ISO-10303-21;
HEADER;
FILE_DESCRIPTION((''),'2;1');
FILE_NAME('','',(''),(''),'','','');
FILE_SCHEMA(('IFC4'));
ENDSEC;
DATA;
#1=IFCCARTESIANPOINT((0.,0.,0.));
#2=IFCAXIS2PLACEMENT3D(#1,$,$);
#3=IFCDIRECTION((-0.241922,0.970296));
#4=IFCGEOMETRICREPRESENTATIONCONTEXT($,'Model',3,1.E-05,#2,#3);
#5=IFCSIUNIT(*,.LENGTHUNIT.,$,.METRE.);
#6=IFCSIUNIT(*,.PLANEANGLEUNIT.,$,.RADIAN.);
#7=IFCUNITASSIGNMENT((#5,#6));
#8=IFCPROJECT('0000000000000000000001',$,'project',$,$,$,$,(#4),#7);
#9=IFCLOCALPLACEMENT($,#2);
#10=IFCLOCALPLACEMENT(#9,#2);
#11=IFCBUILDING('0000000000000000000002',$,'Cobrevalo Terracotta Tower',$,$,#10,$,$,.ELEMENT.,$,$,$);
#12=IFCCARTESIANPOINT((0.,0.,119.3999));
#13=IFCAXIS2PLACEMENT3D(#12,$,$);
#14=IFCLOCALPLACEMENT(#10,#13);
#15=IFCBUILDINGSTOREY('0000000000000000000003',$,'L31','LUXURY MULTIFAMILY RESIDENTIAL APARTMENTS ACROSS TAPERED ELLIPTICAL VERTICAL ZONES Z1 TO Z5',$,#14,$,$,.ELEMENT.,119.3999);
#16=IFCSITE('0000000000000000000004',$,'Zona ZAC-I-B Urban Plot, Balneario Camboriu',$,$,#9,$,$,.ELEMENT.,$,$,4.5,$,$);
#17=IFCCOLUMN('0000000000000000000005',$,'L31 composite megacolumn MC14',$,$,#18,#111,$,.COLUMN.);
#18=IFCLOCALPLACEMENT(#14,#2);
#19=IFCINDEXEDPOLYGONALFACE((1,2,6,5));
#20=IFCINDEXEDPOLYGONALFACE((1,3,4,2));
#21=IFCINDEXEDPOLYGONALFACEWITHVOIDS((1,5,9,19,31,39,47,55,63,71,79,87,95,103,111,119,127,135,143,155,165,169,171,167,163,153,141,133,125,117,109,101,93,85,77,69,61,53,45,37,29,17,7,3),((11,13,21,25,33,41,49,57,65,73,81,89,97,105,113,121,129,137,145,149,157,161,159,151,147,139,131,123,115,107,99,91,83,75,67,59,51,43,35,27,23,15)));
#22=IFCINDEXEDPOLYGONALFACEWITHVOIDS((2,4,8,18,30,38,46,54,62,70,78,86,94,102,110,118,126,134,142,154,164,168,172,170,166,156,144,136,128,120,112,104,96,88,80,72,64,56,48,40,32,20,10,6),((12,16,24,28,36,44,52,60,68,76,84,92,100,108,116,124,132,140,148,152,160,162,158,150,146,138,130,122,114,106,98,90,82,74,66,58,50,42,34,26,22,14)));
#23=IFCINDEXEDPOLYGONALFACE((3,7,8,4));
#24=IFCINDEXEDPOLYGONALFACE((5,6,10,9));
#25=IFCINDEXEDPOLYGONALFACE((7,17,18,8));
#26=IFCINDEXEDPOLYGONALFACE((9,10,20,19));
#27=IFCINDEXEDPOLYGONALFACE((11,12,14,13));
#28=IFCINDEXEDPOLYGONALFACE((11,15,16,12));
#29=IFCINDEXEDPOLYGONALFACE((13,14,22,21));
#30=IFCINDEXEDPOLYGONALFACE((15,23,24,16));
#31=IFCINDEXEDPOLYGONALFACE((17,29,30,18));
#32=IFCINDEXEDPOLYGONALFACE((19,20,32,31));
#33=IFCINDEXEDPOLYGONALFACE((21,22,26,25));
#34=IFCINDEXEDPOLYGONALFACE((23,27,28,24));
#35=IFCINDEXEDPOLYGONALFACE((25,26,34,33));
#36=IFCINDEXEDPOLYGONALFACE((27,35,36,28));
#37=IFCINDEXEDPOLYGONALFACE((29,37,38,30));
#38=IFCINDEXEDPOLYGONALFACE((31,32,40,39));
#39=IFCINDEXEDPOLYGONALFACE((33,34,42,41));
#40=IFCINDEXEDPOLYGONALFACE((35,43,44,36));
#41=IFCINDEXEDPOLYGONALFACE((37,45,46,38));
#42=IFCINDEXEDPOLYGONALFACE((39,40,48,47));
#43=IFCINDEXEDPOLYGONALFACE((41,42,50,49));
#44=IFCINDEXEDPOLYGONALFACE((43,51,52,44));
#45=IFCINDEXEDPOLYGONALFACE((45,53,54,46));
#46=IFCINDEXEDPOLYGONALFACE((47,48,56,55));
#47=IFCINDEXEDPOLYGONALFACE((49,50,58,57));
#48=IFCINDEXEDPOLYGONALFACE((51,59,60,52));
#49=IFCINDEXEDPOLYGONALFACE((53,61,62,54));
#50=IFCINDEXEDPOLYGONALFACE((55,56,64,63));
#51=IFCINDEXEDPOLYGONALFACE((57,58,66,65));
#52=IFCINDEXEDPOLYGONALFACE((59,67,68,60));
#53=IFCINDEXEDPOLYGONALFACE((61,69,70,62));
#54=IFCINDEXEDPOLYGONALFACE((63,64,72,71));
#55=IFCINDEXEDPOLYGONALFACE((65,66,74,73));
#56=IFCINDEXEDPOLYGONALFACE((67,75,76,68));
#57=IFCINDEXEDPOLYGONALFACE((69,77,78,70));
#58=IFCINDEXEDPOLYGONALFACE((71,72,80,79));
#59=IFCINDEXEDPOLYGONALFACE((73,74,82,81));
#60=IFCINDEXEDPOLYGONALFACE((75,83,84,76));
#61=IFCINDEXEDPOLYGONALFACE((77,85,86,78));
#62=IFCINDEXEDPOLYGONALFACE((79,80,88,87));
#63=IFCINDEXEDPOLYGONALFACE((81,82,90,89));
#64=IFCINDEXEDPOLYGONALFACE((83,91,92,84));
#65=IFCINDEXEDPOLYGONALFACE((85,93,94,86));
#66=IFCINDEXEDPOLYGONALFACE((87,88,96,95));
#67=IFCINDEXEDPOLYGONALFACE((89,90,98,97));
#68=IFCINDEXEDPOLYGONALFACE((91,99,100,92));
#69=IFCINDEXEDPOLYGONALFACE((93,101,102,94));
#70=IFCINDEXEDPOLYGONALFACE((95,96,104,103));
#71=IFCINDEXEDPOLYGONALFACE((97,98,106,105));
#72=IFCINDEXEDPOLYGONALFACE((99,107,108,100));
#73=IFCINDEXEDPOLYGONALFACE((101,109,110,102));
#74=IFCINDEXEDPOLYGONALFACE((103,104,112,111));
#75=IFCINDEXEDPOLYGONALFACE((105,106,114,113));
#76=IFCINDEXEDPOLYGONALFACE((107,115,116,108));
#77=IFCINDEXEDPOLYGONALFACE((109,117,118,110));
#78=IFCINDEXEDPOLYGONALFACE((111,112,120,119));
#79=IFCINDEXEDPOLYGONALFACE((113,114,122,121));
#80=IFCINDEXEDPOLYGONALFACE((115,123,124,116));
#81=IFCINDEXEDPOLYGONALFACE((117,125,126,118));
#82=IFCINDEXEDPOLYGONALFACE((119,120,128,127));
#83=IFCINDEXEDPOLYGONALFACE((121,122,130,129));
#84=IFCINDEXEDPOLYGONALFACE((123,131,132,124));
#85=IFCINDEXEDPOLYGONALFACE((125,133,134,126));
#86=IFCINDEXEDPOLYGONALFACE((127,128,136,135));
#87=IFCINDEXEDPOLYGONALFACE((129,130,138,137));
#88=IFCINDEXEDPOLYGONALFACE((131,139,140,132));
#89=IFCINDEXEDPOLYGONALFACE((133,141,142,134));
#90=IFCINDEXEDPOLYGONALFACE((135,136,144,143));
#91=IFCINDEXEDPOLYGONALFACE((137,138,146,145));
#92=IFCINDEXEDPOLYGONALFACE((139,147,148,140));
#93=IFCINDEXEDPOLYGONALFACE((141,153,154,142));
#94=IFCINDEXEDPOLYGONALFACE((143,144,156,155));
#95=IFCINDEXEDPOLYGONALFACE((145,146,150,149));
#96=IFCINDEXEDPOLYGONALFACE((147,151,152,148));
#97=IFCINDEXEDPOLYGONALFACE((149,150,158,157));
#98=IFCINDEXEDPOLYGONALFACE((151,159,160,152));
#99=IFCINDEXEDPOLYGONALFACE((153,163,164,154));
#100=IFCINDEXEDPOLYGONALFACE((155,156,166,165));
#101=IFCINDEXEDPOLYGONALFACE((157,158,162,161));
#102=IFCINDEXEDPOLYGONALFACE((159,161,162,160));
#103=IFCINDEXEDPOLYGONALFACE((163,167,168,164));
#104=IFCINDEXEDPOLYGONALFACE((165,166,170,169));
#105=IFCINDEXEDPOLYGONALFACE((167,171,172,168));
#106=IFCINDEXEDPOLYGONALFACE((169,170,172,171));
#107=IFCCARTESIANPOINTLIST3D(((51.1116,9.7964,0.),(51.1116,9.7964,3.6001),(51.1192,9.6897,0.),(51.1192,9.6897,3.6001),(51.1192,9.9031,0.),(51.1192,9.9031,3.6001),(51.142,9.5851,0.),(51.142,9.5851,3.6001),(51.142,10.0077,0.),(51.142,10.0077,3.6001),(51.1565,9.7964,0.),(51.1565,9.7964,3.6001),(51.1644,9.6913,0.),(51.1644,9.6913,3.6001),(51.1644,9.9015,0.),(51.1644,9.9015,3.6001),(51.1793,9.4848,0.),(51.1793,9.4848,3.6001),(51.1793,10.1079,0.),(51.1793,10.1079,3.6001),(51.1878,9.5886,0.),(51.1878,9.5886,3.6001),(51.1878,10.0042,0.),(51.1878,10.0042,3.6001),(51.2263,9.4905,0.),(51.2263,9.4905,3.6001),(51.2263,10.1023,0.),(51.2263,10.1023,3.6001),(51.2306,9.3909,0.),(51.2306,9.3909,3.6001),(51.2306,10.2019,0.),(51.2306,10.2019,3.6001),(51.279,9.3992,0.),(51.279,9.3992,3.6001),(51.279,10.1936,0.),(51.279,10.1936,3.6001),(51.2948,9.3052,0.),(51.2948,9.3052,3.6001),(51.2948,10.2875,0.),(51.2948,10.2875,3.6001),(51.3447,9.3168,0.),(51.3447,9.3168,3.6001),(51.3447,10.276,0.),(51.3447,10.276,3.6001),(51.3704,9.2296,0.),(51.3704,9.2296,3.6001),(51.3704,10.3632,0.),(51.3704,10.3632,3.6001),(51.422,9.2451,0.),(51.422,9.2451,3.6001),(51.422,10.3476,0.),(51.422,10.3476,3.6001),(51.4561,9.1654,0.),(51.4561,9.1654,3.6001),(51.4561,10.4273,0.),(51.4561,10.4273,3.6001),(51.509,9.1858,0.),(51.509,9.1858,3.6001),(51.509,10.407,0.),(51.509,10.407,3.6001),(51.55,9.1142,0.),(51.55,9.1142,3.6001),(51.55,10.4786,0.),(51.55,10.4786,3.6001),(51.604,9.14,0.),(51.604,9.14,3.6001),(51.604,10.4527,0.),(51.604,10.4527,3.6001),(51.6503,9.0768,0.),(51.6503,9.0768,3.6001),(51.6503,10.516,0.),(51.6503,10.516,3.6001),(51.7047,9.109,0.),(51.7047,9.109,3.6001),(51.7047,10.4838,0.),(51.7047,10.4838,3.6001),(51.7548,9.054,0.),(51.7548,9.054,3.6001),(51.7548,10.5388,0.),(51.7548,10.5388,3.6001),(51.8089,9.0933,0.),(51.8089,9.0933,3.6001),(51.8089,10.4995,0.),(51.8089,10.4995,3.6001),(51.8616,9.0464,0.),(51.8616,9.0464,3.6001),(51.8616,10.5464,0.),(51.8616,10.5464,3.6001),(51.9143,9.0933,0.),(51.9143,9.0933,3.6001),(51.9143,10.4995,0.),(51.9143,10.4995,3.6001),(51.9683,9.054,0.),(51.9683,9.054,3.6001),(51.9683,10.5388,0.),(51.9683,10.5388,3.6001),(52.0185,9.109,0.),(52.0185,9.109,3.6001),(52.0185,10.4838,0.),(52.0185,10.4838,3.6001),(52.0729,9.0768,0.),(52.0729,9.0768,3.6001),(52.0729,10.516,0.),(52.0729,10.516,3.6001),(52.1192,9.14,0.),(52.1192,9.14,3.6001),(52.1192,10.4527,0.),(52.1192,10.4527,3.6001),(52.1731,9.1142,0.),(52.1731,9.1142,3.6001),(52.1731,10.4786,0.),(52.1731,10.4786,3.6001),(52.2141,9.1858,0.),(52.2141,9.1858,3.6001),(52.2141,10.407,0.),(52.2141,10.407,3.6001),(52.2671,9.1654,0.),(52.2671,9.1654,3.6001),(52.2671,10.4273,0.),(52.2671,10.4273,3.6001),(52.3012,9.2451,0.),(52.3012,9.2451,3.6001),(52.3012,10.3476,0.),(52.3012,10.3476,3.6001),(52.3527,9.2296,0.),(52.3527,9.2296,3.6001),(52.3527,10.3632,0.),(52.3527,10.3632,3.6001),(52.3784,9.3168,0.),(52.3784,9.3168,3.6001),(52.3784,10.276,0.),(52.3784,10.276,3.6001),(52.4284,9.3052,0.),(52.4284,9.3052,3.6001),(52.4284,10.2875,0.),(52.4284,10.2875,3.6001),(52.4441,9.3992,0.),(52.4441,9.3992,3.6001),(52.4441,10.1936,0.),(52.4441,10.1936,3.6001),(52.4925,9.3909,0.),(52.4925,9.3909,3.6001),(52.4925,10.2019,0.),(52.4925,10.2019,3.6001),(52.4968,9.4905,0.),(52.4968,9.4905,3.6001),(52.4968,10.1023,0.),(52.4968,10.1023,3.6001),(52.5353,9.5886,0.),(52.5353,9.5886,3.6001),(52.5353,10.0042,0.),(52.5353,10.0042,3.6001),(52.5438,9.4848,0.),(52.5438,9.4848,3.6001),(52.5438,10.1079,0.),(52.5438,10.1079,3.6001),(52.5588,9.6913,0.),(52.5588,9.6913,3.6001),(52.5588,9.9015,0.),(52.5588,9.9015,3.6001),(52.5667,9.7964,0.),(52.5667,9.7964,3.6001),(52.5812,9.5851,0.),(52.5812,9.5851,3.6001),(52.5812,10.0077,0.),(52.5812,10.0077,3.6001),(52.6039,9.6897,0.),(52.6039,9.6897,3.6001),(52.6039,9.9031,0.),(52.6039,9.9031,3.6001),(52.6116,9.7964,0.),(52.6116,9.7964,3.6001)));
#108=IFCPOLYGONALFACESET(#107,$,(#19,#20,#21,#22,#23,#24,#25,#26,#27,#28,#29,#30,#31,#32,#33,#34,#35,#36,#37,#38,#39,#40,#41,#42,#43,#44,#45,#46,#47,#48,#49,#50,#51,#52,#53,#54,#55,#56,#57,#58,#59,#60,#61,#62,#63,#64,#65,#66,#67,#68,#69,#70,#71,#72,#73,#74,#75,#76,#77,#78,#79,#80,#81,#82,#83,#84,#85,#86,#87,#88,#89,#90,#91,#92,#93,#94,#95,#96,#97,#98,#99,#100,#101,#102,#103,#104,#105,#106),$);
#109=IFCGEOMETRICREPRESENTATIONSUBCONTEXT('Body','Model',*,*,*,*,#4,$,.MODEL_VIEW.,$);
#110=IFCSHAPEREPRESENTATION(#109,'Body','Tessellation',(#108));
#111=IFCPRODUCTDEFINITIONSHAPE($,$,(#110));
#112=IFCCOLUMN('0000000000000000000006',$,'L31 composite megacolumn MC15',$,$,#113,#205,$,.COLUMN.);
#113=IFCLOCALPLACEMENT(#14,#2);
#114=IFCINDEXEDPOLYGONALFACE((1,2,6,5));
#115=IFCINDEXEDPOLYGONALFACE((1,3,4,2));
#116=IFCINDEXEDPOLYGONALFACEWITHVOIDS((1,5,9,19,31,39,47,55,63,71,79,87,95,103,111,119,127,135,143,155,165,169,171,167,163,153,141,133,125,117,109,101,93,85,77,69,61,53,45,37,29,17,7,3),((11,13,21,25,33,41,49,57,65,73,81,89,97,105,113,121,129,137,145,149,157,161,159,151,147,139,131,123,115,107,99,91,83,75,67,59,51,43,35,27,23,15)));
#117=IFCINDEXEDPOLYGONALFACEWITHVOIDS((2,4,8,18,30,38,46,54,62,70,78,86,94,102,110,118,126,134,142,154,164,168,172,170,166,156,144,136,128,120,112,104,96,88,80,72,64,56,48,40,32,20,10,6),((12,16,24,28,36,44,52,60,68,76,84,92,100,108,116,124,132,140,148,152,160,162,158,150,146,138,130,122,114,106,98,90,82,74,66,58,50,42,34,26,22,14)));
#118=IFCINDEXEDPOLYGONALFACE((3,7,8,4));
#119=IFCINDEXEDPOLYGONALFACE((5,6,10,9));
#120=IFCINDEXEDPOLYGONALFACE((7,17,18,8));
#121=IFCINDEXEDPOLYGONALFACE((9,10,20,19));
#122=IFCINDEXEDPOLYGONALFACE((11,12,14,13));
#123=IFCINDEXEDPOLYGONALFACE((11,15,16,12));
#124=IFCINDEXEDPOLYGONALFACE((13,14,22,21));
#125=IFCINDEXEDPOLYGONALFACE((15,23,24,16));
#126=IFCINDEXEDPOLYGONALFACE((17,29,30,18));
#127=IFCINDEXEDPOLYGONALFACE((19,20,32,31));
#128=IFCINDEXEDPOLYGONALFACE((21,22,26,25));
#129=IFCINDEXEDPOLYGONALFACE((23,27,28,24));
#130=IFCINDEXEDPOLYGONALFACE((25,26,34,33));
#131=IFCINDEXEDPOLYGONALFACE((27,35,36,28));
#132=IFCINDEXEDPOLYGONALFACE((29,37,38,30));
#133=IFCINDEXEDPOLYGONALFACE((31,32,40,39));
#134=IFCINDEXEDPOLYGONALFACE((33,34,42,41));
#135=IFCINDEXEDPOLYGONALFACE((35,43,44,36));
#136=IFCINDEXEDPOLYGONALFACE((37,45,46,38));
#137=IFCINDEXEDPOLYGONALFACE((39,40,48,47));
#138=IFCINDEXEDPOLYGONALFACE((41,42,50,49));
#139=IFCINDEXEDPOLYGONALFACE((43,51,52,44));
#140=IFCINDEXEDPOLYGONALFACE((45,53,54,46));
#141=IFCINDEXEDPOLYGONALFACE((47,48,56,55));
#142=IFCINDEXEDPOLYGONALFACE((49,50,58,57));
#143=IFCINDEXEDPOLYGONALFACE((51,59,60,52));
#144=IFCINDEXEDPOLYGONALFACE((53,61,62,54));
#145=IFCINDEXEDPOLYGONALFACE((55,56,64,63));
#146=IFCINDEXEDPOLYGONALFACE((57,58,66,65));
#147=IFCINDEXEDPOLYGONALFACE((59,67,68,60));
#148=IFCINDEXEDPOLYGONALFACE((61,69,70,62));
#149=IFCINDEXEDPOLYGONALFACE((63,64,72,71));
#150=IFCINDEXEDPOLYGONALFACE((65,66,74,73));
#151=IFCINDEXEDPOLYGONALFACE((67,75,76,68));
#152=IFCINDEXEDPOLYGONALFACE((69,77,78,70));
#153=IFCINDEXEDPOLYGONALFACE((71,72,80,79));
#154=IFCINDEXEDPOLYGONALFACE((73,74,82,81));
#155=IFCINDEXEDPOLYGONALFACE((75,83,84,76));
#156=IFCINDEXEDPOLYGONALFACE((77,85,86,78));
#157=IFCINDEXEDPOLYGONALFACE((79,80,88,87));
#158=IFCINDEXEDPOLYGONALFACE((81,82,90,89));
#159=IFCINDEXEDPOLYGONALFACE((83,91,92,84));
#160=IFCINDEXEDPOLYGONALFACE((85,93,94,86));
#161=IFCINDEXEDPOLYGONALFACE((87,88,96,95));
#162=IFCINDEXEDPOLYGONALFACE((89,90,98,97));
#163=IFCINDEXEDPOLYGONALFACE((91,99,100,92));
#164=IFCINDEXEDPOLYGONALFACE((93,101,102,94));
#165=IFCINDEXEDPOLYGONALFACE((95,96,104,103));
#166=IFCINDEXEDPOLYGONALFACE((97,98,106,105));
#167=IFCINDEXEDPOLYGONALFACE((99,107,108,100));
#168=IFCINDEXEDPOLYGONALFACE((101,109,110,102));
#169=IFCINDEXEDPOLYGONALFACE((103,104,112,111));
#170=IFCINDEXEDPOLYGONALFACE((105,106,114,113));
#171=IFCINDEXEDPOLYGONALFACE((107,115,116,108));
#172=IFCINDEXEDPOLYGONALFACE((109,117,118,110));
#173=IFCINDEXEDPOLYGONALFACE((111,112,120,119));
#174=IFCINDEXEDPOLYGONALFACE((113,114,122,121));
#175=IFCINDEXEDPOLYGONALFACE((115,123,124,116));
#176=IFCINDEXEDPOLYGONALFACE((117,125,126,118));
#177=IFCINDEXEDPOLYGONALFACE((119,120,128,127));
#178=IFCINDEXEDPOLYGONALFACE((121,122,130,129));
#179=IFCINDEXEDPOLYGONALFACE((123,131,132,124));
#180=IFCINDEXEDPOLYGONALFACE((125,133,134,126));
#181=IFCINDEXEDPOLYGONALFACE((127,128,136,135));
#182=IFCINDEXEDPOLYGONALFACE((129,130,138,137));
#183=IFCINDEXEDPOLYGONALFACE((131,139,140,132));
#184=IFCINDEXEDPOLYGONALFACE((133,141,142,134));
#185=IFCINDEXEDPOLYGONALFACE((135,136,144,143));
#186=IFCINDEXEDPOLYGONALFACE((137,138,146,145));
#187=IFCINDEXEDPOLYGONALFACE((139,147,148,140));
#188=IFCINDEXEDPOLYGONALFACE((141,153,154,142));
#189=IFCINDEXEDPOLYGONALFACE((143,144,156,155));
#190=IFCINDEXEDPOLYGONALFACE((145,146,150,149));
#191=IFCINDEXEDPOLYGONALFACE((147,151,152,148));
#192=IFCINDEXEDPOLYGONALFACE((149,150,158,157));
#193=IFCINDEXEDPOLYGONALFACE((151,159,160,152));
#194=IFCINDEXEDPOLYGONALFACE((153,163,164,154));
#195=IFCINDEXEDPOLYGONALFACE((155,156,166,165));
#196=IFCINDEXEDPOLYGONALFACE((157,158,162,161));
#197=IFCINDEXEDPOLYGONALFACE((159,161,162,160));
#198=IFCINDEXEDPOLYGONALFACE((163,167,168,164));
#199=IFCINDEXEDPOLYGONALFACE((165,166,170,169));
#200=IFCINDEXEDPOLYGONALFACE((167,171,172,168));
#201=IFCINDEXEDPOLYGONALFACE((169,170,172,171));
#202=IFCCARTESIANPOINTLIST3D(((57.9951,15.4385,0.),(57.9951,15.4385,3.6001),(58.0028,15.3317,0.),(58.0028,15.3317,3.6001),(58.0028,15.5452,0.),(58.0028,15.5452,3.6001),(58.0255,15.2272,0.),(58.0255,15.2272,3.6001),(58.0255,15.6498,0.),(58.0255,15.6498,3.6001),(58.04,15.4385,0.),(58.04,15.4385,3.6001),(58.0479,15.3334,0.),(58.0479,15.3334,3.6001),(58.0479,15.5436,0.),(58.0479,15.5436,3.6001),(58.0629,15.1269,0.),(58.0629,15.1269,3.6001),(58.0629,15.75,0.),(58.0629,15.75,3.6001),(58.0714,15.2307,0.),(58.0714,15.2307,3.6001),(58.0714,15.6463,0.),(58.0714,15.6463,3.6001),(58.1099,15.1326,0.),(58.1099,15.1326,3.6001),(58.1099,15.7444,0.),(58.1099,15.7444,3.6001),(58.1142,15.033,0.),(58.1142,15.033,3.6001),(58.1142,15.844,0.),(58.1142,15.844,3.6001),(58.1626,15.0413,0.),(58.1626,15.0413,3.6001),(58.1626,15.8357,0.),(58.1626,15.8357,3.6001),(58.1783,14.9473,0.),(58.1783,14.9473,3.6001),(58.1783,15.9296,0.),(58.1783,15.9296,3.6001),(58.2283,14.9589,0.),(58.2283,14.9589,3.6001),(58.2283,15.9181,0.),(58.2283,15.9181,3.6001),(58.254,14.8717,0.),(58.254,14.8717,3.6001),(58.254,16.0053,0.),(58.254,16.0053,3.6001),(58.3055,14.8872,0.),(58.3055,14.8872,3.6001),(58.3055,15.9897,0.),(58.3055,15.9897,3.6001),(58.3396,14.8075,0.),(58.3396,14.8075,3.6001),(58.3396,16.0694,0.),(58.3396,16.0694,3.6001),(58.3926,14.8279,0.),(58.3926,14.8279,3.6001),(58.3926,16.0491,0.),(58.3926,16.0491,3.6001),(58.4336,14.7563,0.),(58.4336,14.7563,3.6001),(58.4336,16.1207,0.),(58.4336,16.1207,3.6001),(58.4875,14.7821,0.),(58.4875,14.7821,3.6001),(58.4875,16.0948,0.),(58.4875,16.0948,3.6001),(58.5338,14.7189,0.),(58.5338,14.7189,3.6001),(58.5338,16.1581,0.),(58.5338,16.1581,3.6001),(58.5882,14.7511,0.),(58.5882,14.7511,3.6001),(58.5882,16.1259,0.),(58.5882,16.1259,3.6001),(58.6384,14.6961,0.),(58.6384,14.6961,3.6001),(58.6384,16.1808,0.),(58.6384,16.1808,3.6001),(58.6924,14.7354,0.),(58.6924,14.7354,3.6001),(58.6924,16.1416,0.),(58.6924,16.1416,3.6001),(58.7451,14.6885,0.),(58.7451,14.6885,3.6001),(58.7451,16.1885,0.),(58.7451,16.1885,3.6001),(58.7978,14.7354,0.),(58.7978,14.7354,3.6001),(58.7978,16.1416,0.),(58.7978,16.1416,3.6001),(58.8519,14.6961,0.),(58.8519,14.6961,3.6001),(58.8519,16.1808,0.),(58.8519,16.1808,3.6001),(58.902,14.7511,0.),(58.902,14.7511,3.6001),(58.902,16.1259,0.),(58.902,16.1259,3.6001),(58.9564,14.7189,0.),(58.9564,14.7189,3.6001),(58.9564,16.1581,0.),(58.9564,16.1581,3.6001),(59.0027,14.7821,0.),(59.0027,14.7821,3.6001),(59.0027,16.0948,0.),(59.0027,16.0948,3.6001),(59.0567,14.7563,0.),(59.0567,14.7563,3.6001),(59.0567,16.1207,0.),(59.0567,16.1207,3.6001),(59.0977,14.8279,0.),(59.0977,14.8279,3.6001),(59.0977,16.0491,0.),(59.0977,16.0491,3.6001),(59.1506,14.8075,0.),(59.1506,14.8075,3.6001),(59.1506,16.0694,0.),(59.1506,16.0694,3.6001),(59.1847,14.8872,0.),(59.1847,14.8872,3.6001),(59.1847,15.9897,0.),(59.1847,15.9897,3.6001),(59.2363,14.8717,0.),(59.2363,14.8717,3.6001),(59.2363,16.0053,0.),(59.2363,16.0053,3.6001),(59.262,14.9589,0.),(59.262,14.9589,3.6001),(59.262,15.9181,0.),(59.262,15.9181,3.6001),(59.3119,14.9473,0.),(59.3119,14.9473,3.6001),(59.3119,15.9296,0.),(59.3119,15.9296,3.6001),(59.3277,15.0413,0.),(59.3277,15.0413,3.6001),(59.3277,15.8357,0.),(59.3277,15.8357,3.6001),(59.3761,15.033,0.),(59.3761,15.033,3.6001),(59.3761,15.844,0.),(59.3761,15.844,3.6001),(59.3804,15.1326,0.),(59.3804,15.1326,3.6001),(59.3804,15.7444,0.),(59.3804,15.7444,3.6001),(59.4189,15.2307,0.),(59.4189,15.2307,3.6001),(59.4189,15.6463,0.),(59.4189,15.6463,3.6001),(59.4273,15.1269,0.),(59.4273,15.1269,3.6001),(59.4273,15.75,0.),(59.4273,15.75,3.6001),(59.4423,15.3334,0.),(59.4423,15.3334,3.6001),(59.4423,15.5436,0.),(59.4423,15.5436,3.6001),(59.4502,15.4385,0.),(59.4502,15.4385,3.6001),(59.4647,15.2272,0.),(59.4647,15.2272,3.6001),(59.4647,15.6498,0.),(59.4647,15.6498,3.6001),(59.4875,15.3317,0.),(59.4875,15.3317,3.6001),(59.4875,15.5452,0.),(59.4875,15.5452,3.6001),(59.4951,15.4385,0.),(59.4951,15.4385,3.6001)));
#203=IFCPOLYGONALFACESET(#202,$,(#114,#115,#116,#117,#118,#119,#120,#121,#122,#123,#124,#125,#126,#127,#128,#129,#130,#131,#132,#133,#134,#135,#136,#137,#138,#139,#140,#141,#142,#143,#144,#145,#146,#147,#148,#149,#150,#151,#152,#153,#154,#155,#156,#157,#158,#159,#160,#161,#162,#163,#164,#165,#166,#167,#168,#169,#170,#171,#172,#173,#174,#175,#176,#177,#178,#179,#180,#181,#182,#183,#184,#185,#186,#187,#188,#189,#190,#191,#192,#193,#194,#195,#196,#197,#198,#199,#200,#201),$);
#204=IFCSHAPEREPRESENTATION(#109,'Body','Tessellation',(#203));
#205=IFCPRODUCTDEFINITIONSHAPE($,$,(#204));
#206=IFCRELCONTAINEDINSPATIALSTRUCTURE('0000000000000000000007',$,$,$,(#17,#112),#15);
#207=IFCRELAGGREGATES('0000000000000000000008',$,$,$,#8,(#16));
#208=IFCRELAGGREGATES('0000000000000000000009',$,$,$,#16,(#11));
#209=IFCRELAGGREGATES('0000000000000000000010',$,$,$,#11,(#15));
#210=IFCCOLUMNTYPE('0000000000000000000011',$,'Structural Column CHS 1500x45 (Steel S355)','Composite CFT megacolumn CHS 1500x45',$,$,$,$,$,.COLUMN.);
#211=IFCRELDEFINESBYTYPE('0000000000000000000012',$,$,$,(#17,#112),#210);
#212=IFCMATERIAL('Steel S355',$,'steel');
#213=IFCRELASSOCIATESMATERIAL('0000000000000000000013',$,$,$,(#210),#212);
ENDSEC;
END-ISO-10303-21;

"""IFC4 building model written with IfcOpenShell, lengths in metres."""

from ifc_helpers import new_model, si_unit, direction, frame, origin, origin_2d, place, context, subcontext, project, spatial, hollow_circle, extrude, material, material_profile, profile_set, type_object, element, save


model = new_model("IFC4")

# Units and contexts
model_context = context("Model", 3, precision=1e-05, world=origin(), true_north=direction((-0.241922, 0.970296)))
body_context = subcontext(model_context, "Body", "Model", "MODEL_VIEW")
ifc_project = project(units=[si_unit("LENGTHUNIT", "METRE"), si_unit("PLANEANGLEUNIT", "RADIAN")], contexts=[model_context])

# Site, building, storey
site_placement = place(None, origin())
site = spatial("IfcSite", under=ifc_project, at=site_placement, Name="Zona ZAC-I-B Urban Plot, Balneario Camboriu", CompositionType="ELEMENT", RefElevation=4.5)
building_placement = place(site_placement, origin())
building = spatial("IfcBuilding", under=site, at=building_placement, Name="Cobrevalo Terracotta Tower", CompositionType="ELEMENT")
storey_placement = place(building_placement, frame((0.0, 0.0, 119.3999)))
storey = spatial("IfcBuildingStorey", under=building, at=storey_placement, Name="L31", Description="LUXURY MULTIFAMILY RESIDENTIAL APARTMENTS ACROSS TAPERED ELLIPTICAL VERTICAL ZONES Z1 TO Z5", CompositionType="ELEMENT", Elevation=119.3999)

# Columns
ifc_material_1 = material(Name="Steel S355", Category="steel")
ifc_material_profile_1 = material_profile(ifc_material_1, hollow_circle(Radius=0.75, WallThickness=0.0449, at=origin_2d()), Name="CHS 1500x45")
ifc_profile_set_1 = profile_set([ifc_material_profile_1], Name="Steel S355")
column_type = type_object("IfcColumnType", Name="Structural Column CHS 1500x45 (Steel S355)", Description="Composite CFT megacolumn CHS 1500x45", PredefinedType="COLUMN", material=ifc_profile_set_1)
for number, where, z_axis, x_axis, name in (
    (1, (51.8616, 9.7964, 0.0), (0.0, 0.0, 1.0), (1.0, 0.0, 0.0), "L31 composite megacolumn MC14"),
    (2, (58.7451, 15.4385, 0.0), (0.0, 0.0, 1.0), (1.0, 0.0, 0.0), "L31 composite megacolumn MC15"),
):
    element("IfcColumn", number, at=place(storey_placement, frame(where, z_axis=z_axis, x_axis=x_axis)), inside=storey, type_object=column_type, Name=name, PredefinedType="COLUMN", context=body_context, shape_type="SweptSolid", body=[
        extrude(hollow_circle(Radius=0.75, WallThickness=0.0449, at=origin_2d()), origin(), (0.0, 0.0, 1.0), 3.6001),
    ])

save(model, "model.ifc")
